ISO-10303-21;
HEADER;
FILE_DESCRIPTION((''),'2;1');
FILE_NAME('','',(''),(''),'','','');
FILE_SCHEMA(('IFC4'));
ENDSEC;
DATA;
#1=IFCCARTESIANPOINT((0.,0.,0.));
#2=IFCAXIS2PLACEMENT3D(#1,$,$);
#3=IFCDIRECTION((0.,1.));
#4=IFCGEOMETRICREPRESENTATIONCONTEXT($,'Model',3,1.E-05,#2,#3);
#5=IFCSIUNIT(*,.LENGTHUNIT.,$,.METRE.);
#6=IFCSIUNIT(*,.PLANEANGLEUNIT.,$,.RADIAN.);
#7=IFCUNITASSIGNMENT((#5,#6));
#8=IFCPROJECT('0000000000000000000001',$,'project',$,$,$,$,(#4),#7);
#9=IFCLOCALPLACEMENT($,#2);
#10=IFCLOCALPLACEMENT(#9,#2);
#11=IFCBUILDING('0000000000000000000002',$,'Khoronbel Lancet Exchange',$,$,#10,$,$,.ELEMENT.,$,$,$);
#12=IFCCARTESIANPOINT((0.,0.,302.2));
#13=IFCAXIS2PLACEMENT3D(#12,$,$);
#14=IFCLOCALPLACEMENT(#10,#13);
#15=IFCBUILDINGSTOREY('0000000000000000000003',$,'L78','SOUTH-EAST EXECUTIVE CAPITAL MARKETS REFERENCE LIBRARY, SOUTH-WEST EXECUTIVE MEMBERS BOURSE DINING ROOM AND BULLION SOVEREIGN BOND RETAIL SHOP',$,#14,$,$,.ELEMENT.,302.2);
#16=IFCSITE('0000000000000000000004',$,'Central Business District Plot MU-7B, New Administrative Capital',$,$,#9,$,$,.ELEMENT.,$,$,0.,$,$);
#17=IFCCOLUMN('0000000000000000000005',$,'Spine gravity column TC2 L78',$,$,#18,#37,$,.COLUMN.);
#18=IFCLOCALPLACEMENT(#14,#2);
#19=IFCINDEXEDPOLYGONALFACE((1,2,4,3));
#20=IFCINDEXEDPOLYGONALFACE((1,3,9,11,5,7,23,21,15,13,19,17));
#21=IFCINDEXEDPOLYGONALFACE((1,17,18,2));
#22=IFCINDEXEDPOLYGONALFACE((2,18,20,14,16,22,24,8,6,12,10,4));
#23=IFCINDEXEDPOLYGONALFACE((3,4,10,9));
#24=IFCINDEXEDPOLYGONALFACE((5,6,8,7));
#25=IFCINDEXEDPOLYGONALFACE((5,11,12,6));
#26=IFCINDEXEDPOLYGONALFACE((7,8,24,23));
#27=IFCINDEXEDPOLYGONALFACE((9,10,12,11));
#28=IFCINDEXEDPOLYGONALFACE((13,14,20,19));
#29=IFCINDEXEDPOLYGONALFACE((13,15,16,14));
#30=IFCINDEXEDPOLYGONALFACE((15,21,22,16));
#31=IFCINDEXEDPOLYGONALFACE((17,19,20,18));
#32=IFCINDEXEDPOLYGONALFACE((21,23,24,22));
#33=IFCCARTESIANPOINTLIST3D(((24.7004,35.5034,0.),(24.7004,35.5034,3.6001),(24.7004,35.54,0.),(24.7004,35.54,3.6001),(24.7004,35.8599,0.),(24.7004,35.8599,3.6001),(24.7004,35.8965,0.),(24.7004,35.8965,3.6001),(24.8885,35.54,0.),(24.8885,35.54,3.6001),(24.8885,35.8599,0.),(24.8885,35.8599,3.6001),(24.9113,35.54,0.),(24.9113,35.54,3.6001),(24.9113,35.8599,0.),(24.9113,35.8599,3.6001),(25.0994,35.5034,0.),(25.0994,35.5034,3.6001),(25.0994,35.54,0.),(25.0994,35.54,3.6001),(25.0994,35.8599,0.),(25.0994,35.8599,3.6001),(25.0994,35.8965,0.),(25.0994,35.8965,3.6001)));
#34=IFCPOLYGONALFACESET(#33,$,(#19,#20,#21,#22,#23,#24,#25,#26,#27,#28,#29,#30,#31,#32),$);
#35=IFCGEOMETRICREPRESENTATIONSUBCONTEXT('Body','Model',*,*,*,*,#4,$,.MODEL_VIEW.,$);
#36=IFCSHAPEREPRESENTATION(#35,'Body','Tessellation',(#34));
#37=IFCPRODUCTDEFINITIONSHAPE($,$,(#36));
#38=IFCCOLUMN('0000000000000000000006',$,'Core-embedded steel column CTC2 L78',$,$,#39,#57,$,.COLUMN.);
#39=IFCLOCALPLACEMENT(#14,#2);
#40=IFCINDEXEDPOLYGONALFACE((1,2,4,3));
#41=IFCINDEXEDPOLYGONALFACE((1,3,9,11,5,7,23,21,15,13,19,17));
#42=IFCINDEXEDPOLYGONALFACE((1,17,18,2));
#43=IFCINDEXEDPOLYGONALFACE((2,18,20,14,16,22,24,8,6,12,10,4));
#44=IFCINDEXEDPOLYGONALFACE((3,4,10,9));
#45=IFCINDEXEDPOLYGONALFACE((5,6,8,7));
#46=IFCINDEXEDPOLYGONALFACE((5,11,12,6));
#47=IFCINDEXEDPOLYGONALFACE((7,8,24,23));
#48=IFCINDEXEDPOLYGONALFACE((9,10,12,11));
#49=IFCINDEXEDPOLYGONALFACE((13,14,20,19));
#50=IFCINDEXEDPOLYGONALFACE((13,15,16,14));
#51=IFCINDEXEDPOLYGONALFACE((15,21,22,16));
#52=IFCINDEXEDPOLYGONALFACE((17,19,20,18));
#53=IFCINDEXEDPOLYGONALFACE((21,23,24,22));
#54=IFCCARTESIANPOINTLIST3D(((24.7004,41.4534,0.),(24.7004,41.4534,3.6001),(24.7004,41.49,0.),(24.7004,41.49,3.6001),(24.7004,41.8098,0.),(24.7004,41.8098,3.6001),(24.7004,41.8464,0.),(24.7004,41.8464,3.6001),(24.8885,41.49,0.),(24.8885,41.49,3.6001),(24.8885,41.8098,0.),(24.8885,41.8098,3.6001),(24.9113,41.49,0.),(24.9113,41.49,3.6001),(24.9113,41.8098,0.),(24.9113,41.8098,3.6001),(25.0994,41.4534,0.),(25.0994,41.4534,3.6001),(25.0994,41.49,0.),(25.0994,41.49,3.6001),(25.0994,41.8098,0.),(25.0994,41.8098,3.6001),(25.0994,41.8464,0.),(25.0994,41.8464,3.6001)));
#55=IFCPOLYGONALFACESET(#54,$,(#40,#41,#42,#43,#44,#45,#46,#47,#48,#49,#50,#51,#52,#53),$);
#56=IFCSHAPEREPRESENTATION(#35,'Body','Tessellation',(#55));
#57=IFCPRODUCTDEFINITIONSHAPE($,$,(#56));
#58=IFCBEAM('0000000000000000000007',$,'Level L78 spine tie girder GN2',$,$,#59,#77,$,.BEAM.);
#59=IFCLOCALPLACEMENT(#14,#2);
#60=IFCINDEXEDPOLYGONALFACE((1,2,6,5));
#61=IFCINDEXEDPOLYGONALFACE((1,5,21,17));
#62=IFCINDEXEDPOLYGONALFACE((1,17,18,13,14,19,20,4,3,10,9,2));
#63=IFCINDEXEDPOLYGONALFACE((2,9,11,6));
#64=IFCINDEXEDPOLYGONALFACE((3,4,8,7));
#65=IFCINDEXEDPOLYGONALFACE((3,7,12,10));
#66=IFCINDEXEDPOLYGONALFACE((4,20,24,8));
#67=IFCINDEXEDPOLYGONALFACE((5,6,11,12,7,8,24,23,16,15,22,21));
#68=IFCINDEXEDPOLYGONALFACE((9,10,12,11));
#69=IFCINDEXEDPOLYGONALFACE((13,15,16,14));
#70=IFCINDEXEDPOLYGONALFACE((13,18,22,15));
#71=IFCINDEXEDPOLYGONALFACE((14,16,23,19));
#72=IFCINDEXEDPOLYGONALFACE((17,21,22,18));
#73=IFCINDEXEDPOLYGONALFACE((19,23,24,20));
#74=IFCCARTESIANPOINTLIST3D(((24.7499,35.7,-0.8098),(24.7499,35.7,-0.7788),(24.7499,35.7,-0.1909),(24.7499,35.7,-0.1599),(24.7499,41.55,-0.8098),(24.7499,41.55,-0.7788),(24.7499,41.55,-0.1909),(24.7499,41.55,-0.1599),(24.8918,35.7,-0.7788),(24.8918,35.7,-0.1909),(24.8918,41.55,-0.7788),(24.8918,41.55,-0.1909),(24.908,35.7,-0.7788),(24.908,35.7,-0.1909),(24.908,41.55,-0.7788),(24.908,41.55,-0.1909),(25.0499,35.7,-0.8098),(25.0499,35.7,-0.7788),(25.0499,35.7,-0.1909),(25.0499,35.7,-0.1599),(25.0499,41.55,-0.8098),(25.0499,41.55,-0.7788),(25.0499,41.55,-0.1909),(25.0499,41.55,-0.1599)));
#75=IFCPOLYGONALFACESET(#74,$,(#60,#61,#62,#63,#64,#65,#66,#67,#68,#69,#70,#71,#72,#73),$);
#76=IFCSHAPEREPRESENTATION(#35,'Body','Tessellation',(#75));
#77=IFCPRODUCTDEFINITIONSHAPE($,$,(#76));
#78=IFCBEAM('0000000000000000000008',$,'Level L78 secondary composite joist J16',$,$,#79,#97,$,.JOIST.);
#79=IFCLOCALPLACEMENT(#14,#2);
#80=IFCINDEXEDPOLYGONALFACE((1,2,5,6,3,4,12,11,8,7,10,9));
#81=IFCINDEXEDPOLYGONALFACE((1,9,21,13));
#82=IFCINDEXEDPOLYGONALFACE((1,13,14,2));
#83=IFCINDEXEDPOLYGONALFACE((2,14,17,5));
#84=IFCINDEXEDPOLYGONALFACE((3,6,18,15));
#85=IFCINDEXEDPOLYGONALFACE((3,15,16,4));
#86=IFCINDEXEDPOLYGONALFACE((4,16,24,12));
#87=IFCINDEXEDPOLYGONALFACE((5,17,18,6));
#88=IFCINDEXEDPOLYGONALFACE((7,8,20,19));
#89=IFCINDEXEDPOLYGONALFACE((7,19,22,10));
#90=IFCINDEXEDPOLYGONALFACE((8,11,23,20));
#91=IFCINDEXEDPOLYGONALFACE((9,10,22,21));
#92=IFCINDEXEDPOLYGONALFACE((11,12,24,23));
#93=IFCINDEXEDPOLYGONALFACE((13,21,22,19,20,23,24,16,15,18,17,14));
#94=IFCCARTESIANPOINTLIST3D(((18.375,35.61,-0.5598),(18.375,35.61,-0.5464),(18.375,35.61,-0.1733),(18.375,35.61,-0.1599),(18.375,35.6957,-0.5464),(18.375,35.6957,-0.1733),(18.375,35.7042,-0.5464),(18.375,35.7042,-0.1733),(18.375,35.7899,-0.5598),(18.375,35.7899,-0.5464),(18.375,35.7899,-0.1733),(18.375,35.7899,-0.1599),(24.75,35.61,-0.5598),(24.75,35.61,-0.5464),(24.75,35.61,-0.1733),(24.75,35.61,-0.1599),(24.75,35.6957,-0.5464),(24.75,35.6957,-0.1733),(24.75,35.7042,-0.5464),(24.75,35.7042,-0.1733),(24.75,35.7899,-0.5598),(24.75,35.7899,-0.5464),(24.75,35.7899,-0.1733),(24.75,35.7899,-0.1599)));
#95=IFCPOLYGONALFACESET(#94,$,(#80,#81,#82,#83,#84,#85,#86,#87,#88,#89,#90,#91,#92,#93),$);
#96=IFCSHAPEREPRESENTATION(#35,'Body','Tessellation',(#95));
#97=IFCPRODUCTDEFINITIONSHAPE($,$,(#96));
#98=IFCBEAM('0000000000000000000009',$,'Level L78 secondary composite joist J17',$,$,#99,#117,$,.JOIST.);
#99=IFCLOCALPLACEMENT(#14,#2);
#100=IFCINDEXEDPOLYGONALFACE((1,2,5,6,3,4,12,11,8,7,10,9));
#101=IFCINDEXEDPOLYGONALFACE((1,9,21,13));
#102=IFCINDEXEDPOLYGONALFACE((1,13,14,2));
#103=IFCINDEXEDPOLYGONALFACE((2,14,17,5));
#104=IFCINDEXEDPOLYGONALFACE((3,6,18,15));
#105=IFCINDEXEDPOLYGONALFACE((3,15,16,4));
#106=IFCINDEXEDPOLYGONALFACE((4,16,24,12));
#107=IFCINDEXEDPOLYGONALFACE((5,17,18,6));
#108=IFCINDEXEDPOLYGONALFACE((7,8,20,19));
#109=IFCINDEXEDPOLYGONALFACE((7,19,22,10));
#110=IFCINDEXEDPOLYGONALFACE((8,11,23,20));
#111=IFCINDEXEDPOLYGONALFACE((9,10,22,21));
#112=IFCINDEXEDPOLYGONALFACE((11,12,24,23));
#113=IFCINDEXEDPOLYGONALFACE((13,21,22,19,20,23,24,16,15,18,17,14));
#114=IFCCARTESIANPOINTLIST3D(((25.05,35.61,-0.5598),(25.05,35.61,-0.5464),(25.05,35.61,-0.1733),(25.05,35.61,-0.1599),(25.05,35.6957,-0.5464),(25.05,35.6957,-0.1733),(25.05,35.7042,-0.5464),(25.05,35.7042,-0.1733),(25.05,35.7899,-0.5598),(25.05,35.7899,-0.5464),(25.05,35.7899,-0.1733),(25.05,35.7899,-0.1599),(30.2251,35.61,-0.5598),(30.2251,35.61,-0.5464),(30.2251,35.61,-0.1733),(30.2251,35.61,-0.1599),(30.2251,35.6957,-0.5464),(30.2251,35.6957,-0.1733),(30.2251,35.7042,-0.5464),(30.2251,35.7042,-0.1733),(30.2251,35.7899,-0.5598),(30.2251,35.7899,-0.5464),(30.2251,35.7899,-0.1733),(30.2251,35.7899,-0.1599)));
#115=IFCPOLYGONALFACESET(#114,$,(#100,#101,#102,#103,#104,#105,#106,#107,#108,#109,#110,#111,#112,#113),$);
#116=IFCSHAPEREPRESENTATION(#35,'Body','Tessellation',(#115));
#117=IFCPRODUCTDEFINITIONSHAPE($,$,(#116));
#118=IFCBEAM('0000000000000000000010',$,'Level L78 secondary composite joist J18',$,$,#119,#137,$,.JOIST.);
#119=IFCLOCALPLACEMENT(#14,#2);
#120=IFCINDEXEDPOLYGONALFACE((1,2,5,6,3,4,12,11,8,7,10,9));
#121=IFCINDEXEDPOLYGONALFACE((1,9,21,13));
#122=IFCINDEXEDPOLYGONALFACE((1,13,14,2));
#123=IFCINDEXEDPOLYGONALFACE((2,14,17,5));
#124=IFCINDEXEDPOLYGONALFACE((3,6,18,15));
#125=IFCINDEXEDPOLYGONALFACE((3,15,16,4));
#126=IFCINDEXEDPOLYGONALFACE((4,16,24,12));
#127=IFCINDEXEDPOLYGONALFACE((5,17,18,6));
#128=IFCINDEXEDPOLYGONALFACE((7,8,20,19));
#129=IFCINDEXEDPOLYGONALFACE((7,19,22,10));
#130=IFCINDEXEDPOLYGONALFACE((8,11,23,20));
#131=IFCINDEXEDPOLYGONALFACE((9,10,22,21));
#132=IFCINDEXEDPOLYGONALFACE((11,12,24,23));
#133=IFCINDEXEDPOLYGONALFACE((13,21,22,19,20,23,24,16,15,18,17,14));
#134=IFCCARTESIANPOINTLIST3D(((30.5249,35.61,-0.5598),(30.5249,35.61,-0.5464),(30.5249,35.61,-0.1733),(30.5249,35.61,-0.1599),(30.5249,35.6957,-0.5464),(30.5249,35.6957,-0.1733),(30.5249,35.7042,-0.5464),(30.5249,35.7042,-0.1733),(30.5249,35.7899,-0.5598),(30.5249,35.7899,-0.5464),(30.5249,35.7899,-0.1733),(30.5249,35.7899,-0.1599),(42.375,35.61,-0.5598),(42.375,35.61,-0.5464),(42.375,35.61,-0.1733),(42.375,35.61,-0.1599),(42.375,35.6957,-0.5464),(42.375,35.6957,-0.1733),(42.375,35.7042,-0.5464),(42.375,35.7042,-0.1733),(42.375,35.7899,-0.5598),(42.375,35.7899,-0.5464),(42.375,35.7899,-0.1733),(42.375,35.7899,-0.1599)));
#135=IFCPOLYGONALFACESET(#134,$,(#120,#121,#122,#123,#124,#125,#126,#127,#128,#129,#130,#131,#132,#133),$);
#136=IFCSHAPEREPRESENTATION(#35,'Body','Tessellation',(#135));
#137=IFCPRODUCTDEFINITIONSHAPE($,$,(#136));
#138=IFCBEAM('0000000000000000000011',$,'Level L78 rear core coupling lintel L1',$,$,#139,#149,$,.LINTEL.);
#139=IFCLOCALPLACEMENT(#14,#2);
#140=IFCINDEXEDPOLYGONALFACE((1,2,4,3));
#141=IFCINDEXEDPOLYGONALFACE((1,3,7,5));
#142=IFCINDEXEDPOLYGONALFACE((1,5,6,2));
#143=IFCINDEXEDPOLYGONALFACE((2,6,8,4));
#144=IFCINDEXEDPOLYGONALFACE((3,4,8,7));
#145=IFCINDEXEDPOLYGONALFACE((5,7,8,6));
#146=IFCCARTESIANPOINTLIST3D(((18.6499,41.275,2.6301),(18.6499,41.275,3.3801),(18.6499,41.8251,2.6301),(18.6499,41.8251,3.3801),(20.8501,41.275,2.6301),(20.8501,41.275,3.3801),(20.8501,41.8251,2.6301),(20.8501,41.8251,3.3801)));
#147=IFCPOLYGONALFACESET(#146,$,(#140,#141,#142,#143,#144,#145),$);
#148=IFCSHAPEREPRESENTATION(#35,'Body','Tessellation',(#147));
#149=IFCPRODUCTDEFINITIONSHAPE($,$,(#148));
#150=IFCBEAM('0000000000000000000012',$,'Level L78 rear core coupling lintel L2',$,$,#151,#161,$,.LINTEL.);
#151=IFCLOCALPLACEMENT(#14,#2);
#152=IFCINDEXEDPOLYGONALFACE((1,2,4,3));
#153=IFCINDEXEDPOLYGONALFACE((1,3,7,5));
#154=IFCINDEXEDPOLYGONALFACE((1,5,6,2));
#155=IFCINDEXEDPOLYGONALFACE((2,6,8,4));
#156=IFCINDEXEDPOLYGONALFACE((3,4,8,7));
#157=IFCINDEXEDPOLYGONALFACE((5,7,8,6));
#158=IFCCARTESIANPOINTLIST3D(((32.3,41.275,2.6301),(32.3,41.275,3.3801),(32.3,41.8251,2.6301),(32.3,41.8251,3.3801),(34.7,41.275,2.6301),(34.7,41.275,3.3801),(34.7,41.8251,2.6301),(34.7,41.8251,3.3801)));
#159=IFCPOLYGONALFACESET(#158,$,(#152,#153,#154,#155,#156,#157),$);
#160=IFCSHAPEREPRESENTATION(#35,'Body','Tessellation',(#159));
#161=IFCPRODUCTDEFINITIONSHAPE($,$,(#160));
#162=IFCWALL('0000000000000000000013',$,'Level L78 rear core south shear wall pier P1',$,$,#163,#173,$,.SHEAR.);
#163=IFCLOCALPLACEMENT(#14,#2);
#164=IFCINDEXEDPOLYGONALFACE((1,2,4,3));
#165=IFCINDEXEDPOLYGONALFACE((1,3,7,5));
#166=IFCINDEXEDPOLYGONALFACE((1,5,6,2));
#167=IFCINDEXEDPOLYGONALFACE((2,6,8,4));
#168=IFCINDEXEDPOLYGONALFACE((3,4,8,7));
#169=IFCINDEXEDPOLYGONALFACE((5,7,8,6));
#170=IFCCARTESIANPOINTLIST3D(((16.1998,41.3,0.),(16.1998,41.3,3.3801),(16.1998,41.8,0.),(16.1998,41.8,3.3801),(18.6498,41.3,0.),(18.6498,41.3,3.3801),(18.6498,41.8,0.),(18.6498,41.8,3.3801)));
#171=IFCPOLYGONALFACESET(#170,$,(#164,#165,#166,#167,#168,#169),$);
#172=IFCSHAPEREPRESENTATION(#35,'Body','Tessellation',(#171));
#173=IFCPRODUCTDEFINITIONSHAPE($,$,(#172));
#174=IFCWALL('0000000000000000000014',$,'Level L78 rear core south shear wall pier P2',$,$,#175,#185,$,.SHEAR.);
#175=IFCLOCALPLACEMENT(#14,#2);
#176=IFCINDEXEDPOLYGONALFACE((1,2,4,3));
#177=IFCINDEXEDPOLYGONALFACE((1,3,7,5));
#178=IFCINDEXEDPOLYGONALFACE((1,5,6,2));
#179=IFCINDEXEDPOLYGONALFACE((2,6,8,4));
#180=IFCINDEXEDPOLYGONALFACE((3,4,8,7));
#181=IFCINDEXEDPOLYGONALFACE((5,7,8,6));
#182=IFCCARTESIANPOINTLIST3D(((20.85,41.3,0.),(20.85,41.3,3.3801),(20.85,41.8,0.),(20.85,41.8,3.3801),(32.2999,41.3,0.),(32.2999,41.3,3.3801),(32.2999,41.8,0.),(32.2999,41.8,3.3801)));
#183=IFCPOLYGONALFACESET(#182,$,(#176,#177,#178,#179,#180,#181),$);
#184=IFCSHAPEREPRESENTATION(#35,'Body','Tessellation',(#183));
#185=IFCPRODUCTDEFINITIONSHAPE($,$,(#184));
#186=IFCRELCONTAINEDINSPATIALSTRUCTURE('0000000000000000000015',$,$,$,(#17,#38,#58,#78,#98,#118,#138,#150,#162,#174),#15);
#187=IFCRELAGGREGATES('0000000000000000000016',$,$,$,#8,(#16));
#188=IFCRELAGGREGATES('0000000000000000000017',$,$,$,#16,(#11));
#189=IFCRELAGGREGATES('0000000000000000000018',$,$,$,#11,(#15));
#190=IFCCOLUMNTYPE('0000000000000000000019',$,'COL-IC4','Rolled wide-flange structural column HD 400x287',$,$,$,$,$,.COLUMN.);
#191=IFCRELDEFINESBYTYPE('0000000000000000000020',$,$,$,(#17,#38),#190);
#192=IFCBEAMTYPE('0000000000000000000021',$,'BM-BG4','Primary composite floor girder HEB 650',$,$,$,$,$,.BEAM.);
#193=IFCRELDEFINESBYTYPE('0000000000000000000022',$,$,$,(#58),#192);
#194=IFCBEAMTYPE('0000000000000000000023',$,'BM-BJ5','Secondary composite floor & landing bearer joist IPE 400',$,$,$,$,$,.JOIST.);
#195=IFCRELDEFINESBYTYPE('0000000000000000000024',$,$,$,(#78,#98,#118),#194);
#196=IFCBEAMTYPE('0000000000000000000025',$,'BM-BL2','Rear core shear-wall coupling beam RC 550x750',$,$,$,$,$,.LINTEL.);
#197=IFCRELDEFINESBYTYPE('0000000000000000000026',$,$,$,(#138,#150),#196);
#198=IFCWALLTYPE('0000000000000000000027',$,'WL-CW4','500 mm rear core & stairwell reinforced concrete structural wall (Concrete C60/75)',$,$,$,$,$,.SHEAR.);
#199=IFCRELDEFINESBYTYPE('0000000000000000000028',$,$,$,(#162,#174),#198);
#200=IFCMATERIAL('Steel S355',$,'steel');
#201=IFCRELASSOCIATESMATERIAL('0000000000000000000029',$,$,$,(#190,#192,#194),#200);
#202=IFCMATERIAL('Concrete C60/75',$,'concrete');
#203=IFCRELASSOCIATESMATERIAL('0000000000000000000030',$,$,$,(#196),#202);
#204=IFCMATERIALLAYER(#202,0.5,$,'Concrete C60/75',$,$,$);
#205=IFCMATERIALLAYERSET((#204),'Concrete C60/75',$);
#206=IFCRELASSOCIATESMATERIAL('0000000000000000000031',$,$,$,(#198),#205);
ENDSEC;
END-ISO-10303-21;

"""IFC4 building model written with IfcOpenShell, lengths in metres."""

from ifc_helpers import new_model, si_unit, direction, frame, frame_2d, origin, origin_2d, place, context, subcontext, project, spatial, rectangle, i_section, extrude, material, layer, layer_set, material_profile, profile_set, type_object, element, save


model = new_model("IFC4")

# Units and contexts
model_context = context("Model", 3, precision=1e-05, world=origin(), true_north=direction((0.0, 1.0)))
body_context = subcontext(model_context, "Body", "Model", "MODEL_VIEW")
ifc_project = project(units=[si_unit("LENGTHUNIT", "METRE"), si_unit("PLANEANGLEUNIT", "RADIAN")], contexts=[model_context])

# Site, building, storey
site_placement = place(None, origin())
site = spatial("IfcSite", under=ifc_project, at=site_placement, Name="Central Business District Plot MU-7B, New Administrative Capital", CompositionType="ELEMENT", RefElevation=0.0)
building_placement = place(site_placement, origin())
building = spatial("IfcBuilding", under=site, at=building_placement, Name="Khoronbel Lancet Exchange", CompositionType="ELEMENT")
storey_placement = place(building_placement, frame((0.0, 0.0, 302.2)))
storey = spatial("IfcBuildingStorey", under=building, at=storey_placement, Name="L78", Description="SOUTH-EAST EXECUTIVE CAPITAL MARKETS REFERENCE LIBRARY, SOUTH-WEST EXECUTIVE MEMBERS BOURSE DINING ROOM AND BULLION SOVEREIGN BOND RETAIL SHOP", CompositionType="ELEMENT", Elevation=302.2)

# Columns
ifc_material_1 = material(Name="Steel S355", Category="steel")
ifc_material_profile_1 = material_profile(ifc_material_1, i_section(OverallWidth=0.3989, OverallDepth=0.3931, WebThickness=0.0227, FlangeThickness=0.0366, at=origin_2d()), Name="HD 400x287")
ifc_profile_set_1 = profile_set([ifc_material_profile_1], Name="Steel S355")
column_type = type_object("IfcColumnType", Name="COL-IC4", Description="Rolled wide-flange structural column HD 400x287", PredefinedType="COLUMN", material=ifc_profile_set_1)
for number, where, z_axis, x_axis, name in (
    (1, (24.8999, 35.7, 0.0), (0.0, 0.0, 1.0), (1.0, 0.0, 0.0), "Spine gravity column TC2 L78"),
    (2, (24.8999, 41.6499, 0.0), (0.0, 0.0, 1.0), (1.0, 0.0, 0.0), "Core-embedded steel column CTC2 L78"),
):
    element("IfcColumn", number, at=place(storey_placement, frame(where, z_axis=z_axis, x_axis=x_axis)), inside=storey, type_object=column_type, Name=name, PredefinedType="COLUMN", context=body_context, shape_type="SweptSolid", body=[
        extrude(i_section(OverallWidth=0.3989, OverallDepth=0.3931, WebThickness=0.0227, FlangeThickness=0.0366, at=origin_2d()), origin(), (0.0, 0.0, 1.0), 3.6001),
    ])

# Beams
ifc_material_profile_2 = material_profile(ifc_material_1, i_section(OverallWidth=0.3, OverallDepth=0.6499, WebThickness=0.0161, FlangeThickness=0.031, at=origin_2d()), Name="HEB 650")
ifc_profile_set_2 = profile_set([ifc_material_profile_2], Name="Steel S355")
beam_type_1 = type_object("IfcBeamType", Name="BM-BG4", Description="Primary composite floor girder HEB 650", PredefinedType="BEAM", material=ifc_profile_set_2)
beam_1_placement = place(storey_placement, frame((24.8999, 35.7, -0.4849), z_axis=(0.0, 1.0, 0.0), x_axis=(-1.0, 0.0, 0.0)))
element("IfcBeam", 3, at=beam_1_placement, inside=storey, type_object=beam_type_1, Name="Level L78 spine tie girder GN2", PredefinedType="BEAM", context=body_context, shape_type="SweptSolid", body=[
    extrude(i_section(OverallWidth=0.3, OverallDepth=0.6499, WebThickness=0.0161, FlangeThickness=0.031, at=origin_2d()), origin(), (0.0, 0.0, 1.0), 5.8501),
])
ifc_material_profile_3 = material_profile(ifc_material_1, i_section(OverallWidth=0.1799, OverallDepth=0.3999, WebThickness=0.0085, FlangeThickness=0.0134, at=origin_2d()), Name="IPE 400")
ifc_profile_set_3 = profile_set([ifc_material_profile_3], Name="Steel S355")
beam_type_2 = type_object("IfcBeamType", Name="BM-BJ5", Description="Secondary composite floor & landing bearer joist IPE 400", PredefinedType="JOIST", material=ifc_profile_set_3)
beam_2_placement = place(storey_placement, frame((18.375, 35.7, -0.3599), z_axis=(1.0, 0.0, 0.0), x_axis=(0.0, 1.0, 0.0)))
element("IfcBeam", 4, at=beam_2_placement, inside=storey, type_object=beam_type_2, Name="Level L78 secondary composite joist J16", PredefinedType="JOIST", context=body_context, shape_type="SweptSolid", body=[
    extrude(i_section(OverallWidth=0.1799, OverallDepth=0.3999, WebThickness=0.0085, FlangeThickness=0.0134, at=origin_2d()), origin(), (0.0, 0.0, 1.0), 6.375),
])
beam_3_placement = place(storey_placement, frame((25.05, 35.7, -0.3599), z_axis=(1.0, 0.0, 0.0), x_axis=(0.0, 1.0, 0.0)))
element("IfcBeam", 5, at=beam_3_placement, inside=storey, type_object=beam_type_2, Name="Level L78 secondary composite joist J17", PredefinedType="JOIST", context=body_context, shape_type="SweptSolid", body=[
    extrude(i_section(OverallWidth=0.1799, OverallDepth=0.3999, WebThickness=0.0085, FlangeThickness=0.0134, at=origin_2d()), origin(), (0.0, 0.0, 1.0), 5.175),
])
beam_4_placement = place(storey_placement, frame((30.5249, 35.7, -0.3599), z_axis=(1.0, 0.0, 0.0), x_axis=(0.0, 1.0, 0.0)))
element("IfcBeam", 6, at=beam_4_placement, inside=storey, type_object=beam_type_2, Name="Level L78 secondary composite joist J18", PredefinedType="JOIST", context=body_context, shape_type="SweptSolid", body=[
    extrude(i_section(OverallWidth=0.1799, OverallDepth=0.3999, WebThickness=0.0085, FlangeThickness=0.0134, at=origin_2d()), origin(), (0.0, 0.0, 1.0), 11.8501),
])
ifc_material_2 = material(Name="Concrete C60/75", Category="concrete")
ifc_material_profile_4 = material_profile(ifc_material_2, rectangle(XDim=0.55, YDim=0.75, at=origin_2d()), Name="RC 550x750")
ifc_profile_set_4 = profile_set([ifc_material_profile_4], Name="Concrete C60/75")
beam_type_3 = type_object("IfcBeamType", Name="BM-BL2", Description="Rear core shear-wall coupling beam RC 550x750", PredefinedType="LINTEL", material=ifc_profile_set_4)
beam_5_placement = place(storey_placement, frame((18.6499, 41.55, 3.0051), z_axis=(1.0, 0.0, 0.0), x_axis=(0.0, 1.0, 0.0)))
element("IfcBeam", 7, at=beam_5_placement, inside=storey, type_object=beam_type_3, Name="Level L78 rear core coupling lintel L1", PredefinedType="LINTEL", context=body_context, shape_type="SweptSolid", body=[
    extrude(rectangle(XDim=0.55, YDim=0.75, at=origin_2d()), origin(), (0.0, 0.0, 1.0), 2.2002),
])
beam_6_placement = place(storey_placement, frame((32.3, 41.55, 3.0051), z_axis=(1.0, 0.0, 0.0), x_axis=(0.0, 1.0, 0.0)))
element("IfcBeam", 8, at=beam_6_placement, inside=storey, type_object=beam_type_3, Name="Level L78 rear core coupling lintel L2", PredefinedType="LINTEL", context=body_context, shape_type="SweptSolid", body=[
    extrude(rectangle(XDim=0.55, YDim=0.75, at=origin_2d()), origin(), (0.0, 0.0, 1.0), 2.3999),
])

# Walls
ifc_layer_1 = layer(ifc_material_2, 0.5, Name="Concrete C60/75")
ifc_layer_set_1 = layer_set([ifc_layer_1], Name="Concrete C60/75")
wall_type_1 = type_object("IfcWallType", Name="WL-CW4", Description="500 mm rear core & stairwell reinforced concrete structural wall (Concrete C60/75)", PredefinedType="SHEAR", material=ifc_layer_set_1)
wall_1_placement = place(storey_placement, frame((18.6499, 41.55, 0.0), z_axis=(0.0, 0.0, 1.0), x_axis=(-1.0, 0.0, 0.0)))
element("IfcWall", 9, at=wall_1_placement, inside=storey, type_object=wall_type_1, Name="Level L78 rear core south shear wall pier P1", PredefinedType="SHEAR", context=body_context, shape_type="SweptSolid", body=[
    extrude(rectangle(XDim=2.45, YDim=0.5, at=frame_2d((1.2251, 0.0))), origin(), (0.0, 0.0, 1.0), 3.3801),
])
wall_2_placement = place(storey_placement, frame((32.3, 41.55, 0.0), z_axis=(0.0, 0.0, 1.0), x_axis=(-1.0, 0.0, 0.0)))
element("IfcWall", 10, at=wall_2_placement, inside=storey, type_object=wall_type_1, Name="Level L78 rear core south shear wall pier P2", PredefinedType="SHEAR", context=body_context, shape_type="SweptSolid", body=[
    extrude(rectangle(XDim=11.45, YDim=0.5, at=frame_2d((5.7251, 0.0))), origin(), (0.0, 0.0, 1.0), 3.3801),
])

save(model, "model.ifc")
